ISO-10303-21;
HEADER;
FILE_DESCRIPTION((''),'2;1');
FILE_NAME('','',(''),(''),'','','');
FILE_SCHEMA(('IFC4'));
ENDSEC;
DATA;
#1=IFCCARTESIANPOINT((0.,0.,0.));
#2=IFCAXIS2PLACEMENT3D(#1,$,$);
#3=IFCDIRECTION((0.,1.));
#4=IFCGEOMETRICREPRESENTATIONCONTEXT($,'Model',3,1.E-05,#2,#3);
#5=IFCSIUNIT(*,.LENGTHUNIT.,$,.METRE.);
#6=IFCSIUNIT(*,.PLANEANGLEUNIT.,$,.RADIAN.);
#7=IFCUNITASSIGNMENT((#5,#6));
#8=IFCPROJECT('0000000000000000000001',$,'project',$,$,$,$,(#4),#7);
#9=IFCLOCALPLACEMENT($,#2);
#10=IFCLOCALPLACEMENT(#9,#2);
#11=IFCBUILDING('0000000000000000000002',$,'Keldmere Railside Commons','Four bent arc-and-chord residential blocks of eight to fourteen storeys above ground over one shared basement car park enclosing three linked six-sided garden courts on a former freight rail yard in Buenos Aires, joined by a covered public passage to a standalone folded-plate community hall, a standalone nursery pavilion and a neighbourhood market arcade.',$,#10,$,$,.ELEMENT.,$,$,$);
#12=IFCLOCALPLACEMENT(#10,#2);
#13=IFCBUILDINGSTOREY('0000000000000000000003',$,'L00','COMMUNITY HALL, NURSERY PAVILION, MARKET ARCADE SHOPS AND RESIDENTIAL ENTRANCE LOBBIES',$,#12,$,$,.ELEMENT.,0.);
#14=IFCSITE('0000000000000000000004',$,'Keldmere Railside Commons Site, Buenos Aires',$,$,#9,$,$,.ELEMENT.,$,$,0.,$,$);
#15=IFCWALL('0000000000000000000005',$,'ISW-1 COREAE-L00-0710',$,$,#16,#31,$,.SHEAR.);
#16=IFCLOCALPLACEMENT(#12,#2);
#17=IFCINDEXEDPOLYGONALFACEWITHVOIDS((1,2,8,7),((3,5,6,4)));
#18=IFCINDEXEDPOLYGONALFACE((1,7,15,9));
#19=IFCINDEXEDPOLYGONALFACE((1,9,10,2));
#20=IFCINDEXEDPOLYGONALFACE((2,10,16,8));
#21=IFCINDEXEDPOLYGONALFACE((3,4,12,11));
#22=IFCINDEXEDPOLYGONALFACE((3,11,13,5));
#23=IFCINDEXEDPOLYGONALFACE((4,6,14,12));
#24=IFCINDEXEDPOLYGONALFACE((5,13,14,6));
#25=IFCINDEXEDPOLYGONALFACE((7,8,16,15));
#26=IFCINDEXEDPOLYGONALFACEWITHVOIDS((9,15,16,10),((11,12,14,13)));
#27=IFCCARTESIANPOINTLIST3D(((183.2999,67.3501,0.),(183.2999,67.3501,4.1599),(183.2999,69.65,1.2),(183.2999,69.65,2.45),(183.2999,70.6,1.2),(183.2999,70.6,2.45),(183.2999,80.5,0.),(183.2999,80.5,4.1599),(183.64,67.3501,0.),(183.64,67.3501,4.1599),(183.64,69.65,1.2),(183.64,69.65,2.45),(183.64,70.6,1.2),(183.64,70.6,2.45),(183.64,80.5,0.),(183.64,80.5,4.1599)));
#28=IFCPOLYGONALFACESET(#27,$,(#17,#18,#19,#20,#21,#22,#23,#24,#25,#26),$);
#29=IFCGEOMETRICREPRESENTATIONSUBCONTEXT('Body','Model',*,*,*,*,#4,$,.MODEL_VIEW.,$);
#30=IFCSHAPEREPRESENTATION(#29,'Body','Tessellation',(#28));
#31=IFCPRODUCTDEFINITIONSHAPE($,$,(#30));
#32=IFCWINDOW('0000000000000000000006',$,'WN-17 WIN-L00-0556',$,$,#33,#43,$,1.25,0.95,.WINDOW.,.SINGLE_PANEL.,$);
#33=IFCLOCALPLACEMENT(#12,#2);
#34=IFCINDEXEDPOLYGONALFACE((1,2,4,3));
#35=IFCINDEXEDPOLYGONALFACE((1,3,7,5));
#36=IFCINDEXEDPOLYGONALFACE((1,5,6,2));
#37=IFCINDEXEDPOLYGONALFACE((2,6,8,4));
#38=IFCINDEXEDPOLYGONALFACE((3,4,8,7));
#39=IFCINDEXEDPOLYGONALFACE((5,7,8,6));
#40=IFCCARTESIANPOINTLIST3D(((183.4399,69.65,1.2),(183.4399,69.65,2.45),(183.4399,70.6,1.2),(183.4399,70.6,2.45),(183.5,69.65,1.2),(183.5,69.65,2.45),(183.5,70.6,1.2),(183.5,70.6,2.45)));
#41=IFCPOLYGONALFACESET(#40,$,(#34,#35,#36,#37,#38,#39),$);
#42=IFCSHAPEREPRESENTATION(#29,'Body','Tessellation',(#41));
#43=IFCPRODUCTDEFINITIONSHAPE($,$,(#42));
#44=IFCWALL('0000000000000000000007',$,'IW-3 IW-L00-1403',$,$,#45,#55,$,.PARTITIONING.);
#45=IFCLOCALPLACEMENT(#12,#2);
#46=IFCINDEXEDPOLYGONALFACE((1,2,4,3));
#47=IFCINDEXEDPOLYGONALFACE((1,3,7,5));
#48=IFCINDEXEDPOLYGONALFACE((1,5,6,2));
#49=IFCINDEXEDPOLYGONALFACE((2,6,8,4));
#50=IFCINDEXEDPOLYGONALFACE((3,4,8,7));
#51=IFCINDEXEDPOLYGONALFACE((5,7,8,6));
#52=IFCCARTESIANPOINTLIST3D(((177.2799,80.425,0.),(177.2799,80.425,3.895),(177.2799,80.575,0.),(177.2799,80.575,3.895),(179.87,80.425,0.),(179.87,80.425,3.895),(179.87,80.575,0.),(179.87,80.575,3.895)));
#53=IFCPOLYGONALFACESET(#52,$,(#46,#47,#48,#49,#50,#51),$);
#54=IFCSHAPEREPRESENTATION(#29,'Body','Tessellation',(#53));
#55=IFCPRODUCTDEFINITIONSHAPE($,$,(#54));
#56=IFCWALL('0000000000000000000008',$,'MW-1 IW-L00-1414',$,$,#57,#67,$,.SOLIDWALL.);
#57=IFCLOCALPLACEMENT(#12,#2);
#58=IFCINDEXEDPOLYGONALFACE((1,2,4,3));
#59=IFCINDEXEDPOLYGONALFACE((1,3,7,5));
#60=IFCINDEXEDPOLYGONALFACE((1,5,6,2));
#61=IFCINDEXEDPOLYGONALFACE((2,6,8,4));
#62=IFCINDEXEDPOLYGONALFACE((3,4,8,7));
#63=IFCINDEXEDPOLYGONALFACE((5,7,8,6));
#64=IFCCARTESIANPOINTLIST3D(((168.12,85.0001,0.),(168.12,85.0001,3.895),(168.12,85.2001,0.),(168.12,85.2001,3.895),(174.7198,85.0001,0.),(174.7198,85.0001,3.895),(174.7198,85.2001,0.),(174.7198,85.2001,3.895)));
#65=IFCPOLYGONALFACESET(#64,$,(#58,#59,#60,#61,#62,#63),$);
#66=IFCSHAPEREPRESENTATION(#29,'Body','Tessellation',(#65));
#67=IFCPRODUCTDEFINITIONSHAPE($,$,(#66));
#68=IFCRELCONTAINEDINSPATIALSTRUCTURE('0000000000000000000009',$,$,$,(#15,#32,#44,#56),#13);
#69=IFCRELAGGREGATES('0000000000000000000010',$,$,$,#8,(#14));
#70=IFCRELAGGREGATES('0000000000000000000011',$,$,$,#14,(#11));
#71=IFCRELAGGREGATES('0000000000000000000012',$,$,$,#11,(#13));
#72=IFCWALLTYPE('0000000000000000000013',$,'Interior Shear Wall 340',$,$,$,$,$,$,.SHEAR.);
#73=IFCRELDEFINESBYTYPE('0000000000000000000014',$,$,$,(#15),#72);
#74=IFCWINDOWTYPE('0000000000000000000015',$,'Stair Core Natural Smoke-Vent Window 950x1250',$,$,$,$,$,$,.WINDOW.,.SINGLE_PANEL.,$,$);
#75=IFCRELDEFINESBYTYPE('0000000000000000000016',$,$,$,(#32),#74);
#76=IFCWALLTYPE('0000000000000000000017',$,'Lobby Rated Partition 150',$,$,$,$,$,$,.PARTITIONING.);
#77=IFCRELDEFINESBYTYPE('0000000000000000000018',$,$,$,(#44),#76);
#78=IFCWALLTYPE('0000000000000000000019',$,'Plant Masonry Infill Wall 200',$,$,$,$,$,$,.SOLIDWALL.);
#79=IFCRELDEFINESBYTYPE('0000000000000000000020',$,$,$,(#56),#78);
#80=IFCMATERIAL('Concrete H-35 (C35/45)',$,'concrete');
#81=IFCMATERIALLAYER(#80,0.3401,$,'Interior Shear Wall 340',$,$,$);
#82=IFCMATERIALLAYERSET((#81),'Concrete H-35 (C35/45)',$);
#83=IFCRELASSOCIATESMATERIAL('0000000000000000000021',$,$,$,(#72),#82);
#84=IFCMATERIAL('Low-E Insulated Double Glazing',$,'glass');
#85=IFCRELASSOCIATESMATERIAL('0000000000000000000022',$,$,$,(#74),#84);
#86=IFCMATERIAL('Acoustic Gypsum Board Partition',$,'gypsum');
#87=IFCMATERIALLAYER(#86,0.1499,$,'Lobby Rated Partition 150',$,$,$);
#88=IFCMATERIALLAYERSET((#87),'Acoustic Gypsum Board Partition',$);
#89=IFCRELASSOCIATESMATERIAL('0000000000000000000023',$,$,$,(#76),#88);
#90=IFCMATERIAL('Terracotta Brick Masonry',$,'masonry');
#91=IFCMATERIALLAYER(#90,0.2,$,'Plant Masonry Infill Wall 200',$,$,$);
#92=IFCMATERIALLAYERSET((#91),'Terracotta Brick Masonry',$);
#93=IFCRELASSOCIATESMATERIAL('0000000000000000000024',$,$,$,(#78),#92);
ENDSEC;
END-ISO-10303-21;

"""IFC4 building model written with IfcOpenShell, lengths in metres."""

from ifc_helpers import new_model, si_unit, direction, frame, frame_2d, origin, place, context, subcontext, project, spatial, rectangle, extrude, material, layer, layer_set, type_object, element, fill, save


model = new_model("IFC4")

# Units and contexts
model_context = context("Model", 3, precision=1e-05, world=origin(), true_north=direction((0.0, 1.0)))
body_context = subcontext(model_context, "Body", "Model", "MODEL_VIEW")
ifc_project = project(units=[si_unit("LENGTHUNIT", "METRE"), si_unit("PLANEANGLEUNIT", "RADIAN")], contexts=[model_context])

# Site, building, storey
site_placement = place(None, origin())
site = spatial("IfcSite", under=ifc_project, at=site_placement, Name="Keldmere Railside Commons Site, Buenos Aires", CompositionType="ELEMENT", RefElevation=0.0)
building_placement = place(site_placement, origin())
building = spatial("IfcBuilding", under=site, at=building_placement, Name="Keldmere Railside Commons", Description="Four bent arc-and-chord residential blocks of eight to fourteen storeys above ground over one shared basement car park enclosing three linked six-sided garden courts on a former freight rail yard in Buenos Aires, joined by a covered public passage to a standalone folded-plate community hall, a standalone nursery pavilion and a neighbourhood market arcade.", CompositionType="ELEMENT")
storey_placement = place(building_placement, origin())
storey = spatial("IfcBuildingStorey", under=building, at=storey_placement, Name="L00", Description="COMMUNITY HALL, NURSERY PAVILION, MARKET ARCADE SHOPS AND RESIDENTIAL ENTRANCE LOBBIES", CompositionType="ELEMENT", Elevation=0.0)

# Shared definitions
ifc_material_1 = material(Name="Low-E Insulated Double Glazing", Category="glass")

# Wall, opening, window
ifc_material_2 = material(Name="Concrete H-35 (C35/45)", Category="concrete")
ifc_layer_1 = layer(ifc_material_2, 0.3401, Name="Interior Shear Wall 340")
ifc_layer_set_1 = layer_set([ifc_layer_1], Name="Concrete H-35 (C35/45)")
wall_type_1 = type_object("IfcWallType", Name="Interior Shear Wall 340", PredefinedType="SHEAR", material=ifc_layer_set_1)
wall_1_placement = place(storey_placement, frame((183.47, 80.5, 0.0), z_axis=(0.0, 0.0, 1.0), x_axis=(0.0, -1.0, 0.0)))
wall_1 = element("IfcWall", 1, at=wall_1_placement, inside=storey, type_object=wall_type_1, Name="ISW-1 COREAE-L00-0710", PredefinedType="SHEAR", context=body_context, shape_type="SweptSolid", body=[
    extrude(rectangle(XDim=13.1499, YDim=0.3401, at=frame_2d((6.575, 0.0))), origin(), (0.0, 0.0, 1.0), 4.1599),
])
opening_placement = place(wall_1_placement, frame((9.8999, 0.0, 1.2)))
opening = element("IfcOpeningElement", 2, at=opening_placement, cuts=wall_1, PredefinedType="OPENING", context=body_context, shape_type="SweptSolid", body=[
    extrude(rectangle(XDim=0.95, YDim=1.25, at=frame_2d((0.4751, 0.625))), frame((0.0, 0.1799, 0.0), z_axis=(0.0, -1.0, 0.0), x_axis=(1.0, 0.0, 0.0)), (0.0, 0.0, 1.0), 0.3601),
])
window_type = type_object("IfcWindowType", Name="Stair Core Natural Smoke-Vent Window 950x1250", PartitioningType="SINGLE_PANEL", PredefinedType="WINDOW", material=ifc_material_1)
window_placement = place(opening_placement, origin())
window = element("IfcWindow", 3, at=window_placement, inside=storey, type_object=window_type, Name="WN-17 WIN-L00-0556", OverallHeight=1.25, OverallWidth=0.95, PartitioningType="SINGLE_PANEL", PredefinedType="WINDOW", context=body_context, shape_type="SweptSolid", body=[
    extrude(rectangle(XDim=0.95, YDim=1.25, at=frame_2d((0.4751, 0.625))), frame((0.0, 0.03, 0.0), z_axis=(0.0, -1.0, 0.0), x_axis=(1.0, 0.0, 0.0)), (0.0, 0.0, 1.0), 0.0601),
])
fill(opening, window)

# Walls
ifc_material_3 = material(Name="Acoustic Gypsum Board Partition", Category="gypsum")
ifc_layer_2 = layer(ifc_material_3, 0.1499, Name="Lobby Rated Partition 150")
ifc_layer_set_2 = layer_set([ifc_layer_2], Name="Acoustic Gypsum Board Partition")
wall_type_2 = type_object("IfcWallType", Name="Lobby Rated Partition 150", PredefinedType="PARTITIONING", material=ifc_layer_set_2)
wall_2_placement = place(storey_placement, frame((177.28, 80.5, 0.0), z_axis=(0.0, 0.0, 1.0), x_axis=(1.0, 0.0, 0.0)))
element("IfcWall", 4, at=wall_2_placement, inside=storey, type_object=wall_type_2, Name="IW-3 IW-L00-1403", PredefinedType="PARTITIONING", context=body_context, shape_type="SweptSolid", body=[
    extrude(rectangle(XDim=2.5901, YDim=0.1499, at=frame_2d((1.2949, 0.0))), origin(), (0.0, 0.0, 1.0), 3.895),
])
ifc_material_4 = material(Name="Terracotta Brick Masonry", Category="masonry")
ifc_layer_3 = layer(ifc_material_4, 0.2, Name="Plant Masonry Infill Wall 200")
ifc_layer_set_3 = layer_set([ifc_layer_3], Name="Terracotta Brick Masonry")
wall_type_3 = type_object("IfcWallType", Name="Plant Masonry Infill Wall 200", PredefinedType="SOLIDWALL", material=ifc_layer_set_3)
wall_3_placement = place(storey_placement, frame((168.1201, 85.1001, 0.0), z_axis=(0.0, 0.0, 1.0), x_axis=(1.0, 0.0, 0.0)))
element("IfcWall", 5, at=wall_3_placement, inside=storey, type_object=wall_type_3, Name="MW-1 IW-L00-1414", PredefinedType="SOLIDWALL", context=body_context, shape_type="SweptSolid", body=[
    extrude(rectangle(XDim=6.5999, YDim=0.2, at=frame_2d((3.2998, 0.0))), origin(), (0.0, 0.0, 1.0), 3.895),
])

save(model, "model.ifc")
